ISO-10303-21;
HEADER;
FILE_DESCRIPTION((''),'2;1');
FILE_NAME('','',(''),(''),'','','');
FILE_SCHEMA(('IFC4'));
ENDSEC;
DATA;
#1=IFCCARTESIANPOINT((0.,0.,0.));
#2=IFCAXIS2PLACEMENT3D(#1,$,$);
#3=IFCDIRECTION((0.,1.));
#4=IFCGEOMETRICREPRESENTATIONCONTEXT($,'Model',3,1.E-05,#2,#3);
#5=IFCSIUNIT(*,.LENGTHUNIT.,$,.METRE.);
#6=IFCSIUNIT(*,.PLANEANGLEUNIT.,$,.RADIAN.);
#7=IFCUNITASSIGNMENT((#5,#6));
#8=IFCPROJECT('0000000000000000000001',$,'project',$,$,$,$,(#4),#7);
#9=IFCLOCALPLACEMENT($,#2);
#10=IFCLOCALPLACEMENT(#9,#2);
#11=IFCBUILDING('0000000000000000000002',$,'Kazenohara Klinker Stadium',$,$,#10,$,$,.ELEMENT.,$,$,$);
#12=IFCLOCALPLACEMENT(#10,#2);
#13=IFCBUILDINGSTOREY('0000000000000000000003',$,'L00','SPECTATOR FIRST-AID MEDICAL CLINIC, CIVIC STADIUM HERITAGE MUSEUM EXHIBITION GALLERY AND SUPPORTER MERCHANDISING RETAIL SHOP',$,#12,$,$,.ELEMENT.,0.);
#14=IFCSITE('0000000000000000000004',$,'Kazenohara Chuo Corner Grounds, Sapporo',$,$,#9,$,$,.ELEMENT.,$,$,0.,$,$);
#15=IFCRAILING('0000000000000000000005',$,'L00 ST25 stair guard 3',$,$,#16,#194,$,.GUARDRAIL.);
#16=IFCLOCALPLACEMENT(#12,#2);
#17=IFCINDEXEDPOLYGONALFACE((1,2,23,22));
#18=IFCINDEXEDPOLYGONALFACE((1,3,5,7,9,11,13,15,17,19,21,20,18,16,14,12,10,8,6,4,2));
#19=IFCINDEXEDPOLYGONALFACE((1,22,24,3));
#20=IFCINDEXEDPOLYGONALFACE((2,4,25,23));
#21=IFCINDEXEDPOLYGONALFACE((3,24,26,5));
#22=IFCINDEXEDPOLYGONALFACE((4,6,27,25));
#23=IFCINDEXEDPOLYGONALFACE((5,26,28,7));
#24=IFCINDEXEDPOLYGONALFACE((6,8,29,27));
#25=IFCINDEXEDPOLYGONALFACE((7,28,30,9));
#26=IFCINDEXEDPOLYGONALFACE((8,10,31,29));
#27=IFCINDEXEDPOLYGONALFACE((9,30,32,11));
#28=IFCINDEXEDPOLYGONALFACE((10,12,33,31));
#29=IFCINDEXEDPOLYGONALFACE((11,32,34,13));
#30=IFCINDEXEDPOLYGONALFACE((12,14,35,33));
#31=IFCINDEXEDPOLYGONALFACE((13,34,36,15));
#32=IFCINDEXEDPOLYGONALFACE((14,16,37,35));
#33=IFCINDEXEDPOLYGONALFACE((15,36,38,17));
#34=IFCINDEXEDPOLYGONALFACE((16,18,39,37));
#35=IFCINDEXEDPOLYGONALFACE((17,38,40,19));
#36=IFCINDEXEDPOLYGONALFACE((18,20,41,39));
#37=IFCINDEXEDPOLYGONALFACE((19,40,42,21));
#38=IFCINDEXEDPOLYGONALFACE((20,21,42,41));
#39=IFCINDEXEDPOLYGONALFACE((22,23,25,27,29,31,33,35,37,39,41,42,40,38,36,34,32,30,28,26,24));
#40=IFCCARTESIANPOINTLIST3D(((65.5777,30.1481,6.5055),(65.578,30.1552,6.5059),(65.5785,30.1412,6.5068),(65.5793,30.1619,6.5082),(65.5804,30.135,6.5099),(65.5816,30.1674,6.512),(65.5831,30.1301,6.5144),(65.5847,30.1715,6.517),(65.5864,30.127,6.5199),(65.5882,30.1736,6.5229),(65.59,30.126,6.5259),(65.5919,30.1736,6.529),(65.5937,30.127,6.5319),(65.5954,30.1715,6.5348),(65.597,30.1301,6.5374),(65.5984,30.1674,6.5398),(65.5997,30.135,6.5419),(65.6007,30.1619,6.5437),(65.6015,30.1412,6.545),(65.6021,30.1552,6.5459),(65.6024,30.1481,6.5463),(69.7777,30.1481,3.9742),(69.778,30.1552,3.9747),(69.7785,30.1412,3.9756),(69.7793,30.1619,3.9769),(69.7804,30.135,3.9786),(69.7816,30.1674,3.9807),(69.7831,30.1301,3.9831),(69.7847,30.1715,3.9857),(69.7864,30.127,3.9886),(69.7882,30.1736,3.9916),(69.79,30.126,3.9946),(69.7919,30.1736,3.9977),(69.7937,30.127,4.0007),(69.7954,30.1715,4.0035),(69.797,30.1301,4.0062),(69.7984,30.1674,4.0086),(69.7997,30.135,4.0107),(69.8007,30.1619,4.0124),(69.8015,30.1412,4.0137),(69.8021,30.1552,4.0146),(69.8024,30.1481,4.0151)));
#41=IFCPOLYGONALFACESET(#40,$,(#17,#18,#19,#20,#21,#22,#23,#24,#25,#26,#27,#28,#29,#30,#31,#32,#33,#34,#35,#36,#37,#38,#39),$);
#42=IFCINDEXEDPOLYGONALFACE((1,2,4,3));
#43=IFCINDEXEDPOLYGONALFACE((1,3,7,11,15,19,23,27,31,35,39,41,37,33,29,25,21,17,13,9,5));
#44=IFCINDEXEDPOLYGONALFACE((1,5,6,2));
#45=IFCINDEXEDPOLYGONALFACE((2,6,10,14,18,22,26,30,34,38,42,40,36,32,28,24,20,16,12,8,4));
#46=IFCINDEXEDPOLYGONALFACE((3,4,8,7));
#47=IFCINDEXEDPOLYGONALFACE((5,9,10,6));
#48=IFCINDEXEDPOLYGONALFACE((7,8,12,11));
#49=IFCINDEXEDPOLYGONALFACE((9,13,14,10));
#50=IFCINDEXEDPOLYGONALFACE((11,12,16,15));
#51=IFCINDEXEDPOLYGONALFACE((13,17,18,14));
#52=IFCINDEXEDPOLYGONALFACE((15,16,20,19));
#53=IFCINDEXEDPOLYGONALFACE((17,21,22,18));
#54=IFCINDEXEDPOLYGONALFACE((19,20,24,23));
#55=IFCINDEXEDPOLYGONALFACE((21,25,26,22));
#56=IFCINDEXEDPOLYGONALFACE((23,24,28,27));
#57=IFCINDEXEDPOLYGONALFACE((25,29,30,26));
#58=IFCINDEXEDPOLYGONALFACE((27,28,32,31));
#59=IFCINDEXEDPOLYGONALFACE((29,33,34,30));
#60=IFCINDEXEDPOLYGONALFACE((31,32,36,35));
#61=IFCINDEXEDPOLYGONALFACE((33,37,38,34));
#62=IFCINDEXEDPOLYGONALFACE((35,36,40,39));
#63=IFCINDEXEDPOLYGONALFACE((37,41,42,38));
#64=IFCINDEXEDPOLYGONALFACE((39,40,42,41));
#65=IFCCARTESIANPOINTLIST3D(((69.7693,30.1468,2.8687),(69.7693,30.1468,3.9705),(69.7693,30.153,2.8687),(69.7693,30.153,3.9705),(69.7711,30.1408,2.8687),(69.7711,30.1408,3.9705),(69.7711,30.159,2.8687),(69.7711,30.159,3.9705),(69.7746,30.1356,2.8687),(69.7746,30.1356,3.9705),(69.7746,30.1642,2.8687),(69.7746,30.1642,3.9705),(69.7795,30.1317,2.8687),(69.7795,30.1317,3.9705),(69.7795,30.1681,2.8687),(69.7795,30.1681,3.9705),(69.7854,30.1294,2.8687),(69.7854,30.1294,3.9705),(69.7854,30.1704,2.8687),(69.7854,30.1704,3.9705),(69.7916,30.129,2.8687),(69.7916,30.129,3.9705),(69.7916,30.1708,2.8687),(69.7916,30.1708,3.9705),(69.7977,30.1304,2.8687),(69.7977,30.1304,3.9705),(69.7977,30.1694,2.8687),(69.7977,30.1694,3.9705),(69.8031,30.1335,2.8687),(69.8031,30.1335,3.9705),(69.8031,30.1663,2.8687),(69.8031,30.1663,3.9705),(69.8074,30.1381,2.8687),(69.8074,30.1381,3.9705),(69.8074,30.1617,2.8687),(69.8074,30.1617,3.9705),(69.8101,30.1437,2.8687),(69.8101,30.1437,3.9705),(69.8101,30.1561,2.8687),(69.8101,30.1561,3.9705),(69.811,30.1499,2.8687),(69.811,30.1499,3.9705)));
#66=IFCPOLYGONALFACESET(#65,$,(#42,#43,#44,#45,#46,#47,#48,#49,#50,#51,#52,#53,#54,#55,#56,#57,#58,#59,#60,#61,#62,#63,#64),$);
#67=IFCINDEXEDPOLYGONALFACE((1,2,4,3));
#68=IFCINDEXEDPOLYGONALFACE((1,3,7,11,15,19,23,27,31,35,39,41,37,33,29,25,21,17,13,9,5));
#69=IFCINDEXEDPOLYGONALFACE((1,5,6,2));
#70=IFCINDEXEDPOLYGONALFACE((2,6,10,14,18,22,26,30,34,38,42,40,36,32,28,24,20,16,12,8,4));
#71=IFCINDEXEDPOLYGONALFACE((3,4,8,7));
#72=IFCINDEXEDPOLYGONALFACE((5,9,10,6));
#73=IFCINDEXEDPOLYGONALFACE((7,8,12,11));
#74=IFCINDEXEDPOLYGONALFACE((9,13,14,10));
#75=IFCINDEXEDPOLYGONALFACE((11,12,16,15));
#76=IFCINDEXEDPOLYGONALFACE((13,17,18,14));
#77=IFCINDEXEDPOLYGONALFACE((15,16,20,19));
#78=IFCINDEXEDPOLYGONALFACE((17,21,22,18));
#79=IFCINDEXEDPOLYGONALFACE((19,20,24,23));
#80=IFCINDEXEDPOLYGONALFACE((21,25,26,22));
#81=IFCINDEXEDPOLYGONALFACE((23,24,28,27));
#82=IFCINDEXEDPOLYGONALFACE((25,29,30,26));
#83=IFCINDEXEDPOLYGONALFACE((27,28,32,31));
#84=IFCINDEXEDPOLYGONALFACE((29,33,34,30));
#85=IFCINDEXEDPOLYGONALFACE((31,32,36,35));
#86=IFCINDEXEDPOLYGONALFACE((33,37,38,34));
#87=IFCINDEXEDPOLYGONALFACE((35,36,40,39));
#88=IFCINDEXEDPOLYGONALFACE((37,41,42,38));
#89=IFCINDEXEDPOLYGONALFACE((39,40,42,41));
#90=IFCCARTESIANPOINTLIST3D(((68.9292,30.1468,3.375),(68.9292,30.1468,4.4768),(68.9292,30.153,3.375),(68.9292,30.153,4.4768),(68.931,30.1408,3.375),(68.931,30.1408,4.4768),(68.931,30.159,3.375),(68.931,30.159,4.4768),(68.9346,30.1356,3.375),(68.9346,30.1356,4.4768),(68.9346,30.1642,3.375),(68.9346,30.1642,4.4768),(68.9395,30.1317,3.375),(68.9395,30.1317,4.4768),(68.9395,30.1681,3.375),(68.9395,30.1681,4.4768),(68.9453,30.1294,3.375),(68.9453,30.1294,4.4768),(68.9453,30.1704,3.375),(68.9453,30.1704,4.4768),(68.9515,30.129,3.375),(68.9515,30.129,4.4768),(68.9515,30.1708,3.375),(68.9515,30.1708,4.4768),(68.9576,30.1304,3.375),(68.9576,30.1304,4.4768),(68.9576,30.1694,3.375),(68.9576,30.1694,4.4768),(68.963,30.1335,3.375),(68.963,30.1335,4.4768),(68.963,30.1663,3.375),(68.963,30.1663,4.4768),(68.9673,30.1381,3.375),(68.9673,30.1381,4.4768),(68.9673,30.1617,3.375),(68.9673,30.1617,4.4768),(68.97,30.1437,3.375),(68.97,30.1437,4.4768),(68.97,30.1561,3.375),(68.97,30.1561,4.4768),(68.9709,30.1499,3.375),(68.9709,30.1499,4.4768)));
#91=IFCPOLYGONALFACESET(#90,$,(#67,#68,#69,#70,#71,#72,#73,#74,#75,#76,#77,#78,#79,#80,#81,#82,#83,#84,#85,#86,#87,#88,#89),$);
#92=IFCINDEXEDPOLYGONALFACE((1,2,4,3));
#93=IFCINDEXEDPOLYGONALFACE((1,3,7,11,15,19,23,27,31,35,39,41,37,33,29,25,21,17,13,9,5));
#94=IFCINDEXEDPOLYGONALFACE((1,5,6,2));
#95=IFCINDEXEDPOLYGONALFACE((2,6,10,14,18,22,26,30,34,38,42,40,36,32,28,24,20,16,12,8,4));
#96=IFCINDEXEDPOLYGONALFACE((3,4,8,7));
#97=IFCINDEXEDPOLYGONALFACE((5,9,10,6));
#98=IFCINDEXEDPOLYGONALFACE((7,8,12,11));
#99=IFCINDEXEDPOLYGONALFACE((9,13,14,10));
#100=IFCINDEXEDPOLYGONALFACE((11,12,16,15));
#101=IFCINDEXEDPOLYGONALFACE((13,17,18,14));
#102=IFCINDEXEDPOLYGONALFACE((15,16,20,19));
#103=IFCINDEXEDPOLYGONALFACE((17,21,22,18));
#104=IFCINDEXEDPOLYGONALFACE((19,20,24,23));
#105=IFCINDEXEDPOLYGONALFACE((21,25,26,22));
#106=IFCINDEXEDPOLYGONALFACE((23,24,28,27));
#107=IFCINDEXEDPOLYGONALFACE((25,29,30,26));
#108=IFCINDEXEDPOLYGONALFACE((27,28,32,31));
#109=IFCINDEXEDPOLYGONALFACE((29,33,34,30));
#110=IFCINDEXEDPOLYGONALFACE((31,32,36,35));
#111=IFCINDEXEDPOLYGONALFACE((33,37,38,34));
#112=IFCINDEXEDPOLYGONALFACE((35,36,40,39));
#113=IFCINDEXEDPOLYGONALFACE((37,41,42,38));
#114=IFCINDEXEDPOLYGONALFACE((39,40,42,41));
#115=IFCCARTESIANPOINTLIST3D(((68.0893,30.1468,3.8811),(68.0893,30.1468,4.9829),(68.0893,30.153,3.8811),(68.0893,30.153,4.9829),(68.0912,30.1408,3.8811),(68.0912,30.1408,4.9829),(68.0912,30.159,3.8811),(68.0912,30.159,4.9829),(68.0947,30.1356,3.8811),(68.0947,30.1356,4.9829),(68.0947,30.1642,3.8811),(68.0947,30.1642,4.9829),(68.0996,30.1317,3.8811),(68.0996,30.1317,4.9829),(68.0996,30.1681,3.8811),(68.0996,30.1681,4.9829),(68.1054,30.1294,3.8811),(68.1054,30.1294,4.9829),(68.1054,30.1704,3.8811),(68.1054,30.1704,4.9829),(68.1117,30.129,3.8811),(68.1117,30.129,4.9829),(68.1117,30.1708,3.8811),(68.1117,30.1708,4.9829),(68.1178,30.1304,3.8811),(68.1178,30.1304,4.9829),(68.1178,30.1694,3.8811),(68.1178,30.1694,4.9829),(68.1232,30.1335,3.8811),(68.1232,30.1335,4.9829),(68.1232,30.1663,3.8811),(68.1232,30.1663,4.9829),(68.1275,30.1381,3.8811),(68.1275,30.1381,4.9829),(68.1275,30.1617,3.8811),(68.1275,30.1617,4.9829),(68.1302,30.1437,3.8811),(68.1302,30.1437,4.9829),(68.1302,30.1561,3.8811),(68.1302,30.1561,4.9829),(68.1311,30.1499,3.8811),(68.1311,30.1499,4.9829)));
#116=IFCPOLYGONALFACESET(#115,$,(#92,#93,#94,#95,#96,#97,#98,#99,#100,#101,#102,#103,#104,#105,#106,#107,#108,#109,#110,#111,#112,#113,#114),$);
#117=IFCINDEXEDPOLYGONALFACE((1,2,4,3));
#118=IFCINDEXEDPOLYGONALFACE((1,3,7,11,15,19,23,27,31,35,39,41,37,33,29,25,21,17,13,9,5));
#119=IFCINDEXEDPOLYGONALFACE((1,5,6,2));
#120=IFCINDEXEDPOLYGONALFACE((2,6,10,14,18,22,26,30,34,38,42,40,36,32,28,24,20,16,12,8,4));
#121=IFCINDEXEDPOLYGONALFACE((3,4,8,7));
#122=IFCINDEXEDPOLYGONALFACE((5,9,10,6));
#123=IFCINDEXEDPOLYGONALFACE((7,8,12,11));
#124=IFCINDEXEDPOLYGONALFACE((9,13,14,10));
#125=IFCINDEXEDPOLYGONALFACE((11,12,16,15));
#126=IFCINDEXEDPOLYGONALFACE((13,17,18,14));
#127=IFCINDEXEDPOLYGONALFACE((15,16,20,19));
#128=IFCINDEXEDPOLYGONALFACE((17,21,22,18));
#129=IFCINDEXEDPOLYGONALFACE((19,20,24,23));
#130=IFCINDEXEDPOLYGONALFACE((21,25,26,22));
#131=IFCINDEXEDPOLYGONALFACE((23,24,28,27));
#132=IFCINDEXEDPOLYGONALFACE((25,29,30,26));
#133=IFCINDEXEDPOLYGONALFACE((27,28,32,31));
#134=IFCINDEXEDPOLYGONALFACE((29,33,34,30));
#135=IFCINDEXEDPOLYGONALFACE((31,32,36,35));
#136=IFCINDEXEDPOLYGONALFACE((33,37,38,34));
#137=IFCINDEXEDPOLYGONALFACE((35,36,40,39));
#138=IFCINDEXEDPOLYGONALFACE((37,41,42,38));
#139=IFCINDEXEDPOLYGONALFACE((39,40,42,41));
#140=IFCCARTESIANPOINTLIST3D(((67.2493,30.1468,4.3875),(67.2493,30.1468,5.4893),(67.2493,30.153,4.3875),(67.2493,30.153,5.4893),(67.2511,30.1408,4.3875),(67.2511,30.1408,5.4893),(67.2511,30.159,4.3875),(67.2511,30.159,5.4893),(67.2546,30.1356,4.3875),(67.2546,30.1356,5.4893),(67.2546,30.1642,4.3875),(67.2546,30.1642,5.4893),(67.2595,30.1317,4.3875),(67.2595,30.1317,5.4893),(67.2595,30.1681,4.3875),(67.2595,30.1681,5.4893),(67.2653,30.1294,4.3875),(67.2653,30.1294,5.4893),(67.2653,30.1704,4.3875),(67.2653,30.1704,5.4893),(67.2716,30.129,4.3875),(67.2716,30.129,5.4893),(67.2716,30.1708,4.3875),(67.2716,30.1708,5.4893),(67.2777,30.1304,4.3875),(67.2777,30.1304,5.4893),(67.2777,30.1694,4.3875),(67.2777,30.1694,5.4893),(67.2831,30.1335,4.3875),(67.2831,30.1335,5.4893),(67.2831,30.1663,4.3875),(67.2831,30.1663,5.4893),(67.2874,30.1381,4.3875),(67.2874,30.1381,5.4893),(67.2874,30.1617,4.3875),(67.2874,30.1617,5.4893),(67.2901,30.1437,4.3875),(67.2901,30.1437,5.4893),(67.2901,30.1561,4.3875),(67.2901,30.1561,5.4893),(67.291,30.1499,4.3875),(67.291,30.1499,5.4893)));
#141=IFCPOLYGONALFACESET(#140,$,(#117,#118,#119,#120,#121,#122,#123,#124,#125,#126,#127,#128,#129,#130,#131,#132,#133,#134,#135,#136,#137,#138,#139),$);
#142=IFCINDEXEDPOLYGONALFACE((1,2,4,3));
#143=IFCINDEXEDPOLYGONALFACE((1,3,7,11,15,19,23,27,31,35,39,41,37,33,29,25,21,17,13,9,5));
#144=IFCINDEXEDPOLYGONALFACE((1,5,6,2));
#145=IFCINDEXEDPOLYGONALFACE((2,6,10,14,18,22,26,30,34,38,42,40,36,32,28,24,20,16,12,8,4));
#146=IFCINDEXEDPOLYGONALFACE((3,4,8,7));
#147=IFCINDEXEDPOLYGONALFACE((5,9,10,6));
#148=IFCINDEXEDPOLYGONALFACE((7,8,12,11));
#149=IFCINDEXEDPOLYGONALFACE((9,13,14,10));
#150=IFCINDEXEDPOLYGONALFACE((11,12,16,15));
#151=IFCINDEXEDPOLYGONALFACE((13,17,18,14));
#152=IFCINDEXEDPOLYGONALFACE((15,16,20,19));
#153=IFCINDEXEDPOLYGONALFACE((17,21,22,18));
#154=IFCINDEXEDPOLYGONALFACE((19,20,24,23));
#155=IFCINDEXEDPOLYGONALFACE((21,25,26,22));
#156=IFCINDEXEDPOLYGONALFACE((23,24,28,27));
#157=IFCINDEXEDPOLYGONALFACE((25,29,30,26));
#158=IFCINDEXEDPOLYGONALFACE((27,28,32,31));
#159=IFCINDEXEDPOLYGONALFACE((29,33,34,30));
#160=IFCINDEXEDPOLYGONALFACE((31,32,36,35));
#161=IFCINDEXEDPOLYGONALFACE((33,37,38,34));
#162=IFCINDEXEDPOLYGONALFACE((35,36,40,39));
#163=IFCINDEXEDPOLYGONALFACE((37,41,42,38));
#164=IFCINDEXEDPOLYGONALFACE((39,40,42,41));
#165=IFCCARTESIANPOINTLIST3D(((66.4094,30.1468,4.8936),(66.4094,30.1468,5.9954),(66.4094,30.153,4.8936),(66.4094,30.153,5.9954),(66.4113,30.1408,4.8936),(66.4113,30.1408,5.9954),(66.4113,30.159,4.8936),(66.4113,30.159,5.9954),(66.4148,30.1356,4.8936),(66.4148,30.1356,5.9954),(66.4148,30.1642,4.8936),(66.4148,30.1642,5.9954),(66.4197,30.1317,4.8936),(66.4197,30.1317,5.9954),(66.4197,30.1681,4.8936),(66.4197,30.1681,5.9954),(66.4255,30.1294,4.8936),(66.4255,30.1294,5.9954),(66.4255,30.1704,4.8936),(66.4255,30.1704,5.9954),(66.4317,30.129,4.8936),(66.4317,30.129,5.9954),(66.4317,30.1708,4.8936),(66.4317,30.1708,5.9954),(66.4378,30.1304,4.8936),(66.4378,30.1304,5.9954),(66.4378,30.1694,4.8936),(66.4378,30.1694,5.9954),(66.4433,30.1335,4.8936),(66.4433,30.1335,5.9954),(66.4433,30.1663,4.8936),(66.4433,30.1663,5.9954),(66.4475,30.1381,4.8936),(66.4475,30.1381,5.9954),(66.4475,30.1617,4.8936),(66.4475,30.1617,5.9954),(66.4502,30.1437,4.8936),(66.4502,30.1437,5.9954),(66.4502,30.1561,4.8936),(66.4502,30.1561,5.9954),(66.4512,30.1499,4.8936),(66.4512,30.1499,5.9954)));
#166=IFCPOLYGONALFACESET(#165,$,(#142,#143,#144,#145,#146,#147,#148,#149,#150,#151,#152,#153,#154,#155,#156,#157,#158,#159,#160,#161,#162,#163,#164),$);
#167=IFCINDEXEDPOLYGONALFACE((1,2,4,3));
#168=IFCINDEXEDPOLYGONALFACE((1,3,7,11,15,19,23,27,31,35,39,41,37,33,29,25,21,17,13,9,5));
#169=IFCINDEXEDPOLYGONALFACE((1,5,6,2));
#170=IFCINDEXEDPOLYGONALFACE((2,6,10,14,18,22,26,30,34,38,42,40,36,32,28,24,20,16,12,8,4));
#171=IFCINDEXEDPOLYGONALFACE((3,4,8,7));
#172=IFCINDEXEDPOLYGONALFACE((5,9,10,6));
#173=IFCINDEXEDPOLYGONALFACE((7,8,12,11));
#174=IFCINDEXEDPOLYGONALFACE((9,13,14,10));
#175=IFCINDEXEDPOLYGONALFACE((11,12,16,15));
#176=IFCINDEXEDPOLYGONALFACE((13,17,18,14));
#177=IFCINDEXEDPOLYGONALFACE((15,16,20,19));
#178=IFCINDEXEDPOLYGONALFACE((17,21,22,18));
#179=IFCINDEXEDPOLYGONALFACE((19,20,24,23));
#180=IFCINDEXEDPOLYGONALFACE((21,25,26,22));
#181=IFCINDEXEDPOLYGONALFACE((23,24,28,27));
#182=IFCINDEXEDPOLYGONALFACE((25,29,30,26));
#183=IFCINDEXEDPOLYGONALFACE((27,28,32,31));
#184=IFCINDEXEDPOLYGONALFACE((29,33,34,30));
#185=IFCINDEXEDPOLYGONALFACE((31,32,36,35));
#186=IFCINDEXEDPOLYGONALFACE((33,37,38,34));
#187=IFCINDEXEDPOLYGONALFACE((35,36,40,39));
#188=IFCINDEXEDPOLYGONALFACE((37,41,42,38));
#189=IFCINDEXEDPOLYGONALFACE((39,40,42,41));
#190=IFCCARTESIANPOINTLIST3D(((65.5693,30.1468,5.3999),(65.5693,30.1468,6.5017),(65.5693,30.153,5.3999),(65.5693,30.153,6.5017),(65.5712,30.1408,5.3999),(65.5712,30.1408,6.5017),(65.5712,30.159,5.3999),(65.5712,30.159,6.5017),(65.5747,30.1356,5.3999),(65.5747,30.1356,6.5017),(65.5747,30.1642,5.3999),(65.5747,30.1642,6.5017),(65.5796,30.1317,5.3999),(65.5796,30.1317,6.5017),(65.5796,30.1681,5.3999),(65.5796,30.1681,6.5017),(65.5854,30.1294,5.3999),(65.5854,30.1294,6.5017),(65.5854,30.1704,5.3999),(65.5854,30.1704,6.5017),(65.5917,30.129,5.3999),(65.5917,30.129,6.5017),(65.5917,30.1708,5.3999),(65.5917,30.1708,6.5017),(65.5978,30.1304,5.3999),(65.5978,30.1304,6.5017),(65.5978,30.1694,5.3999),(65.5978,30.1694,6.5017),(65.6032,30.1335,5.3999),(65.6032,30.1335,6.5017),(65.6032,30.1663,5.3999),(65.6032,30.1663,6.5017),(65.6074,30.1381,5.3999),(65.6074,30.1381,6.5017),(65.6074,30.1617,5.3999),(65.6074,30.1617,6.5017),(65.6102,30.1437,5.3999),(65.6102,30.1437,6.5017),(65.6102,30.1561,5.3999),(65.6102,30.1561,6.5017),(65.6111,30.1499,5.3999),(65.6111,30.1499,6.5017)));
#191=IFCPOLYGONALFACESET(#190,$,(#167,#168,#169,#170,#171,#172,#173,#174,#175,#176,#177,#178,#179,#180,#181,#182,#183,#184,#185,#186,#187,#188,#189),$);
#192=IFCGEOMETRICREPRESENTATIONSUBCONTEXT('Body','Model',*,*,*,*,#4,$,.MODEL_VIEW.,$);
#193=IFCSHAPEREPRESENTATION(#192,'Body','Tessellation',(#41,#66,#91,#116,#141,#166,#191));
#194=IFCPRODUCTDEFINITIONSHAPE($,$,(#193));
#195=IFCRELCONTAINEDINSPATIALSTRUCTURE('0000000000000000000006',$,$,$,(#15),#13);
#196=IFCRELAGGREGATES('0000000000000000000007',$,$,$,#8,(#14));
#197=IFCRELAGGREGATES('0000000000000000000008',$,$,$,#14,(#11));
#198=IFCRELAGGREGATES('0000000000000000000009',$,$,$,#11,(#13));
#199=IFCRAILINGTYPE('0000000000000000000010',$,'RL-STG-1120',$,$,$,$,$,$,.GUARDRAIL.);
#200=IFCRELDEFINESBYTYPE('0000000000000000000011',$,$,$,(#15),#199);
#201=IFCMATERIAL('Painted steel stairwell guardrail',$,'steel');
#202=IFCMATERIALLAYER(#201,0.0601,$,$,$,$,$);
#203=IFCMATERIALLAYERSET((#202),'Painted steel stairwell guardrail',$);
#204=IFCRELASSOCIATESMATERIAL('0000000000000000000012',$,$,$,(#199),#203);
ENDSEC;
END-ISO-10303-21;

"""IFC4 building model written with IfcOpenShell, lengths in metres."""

from ifc_helpers import new_model, si_unit, direction, frame, origin, origin_2d, place, context, subcontext, project, spatial, circle, extrude, material, layer, layer_set, type_object, element, save


model = new_model("IFC4")

# Units and contexts
model_context = context("Model", 3, precision=1e-05, world=origin(), true_north=direction((0.0, 1.0)))
body_context = subcontext(model_context, "Body", "Model", "MODEL_VIEW")
ifc_project = project(units=[si_unit("LENGTHUNIT", "METRE"), si_unit("PLANEANGLEUNIT", "RADIAN")], contexts=[model_context])

# Site, building, storey
site_placement = place(None, origin())
site = spatial("IfcSite", under=ifc_project, at=site_placement, Name="Kazenohara Chuo Corner Grounds, Sapporo", CompositionType="ELEMENT", RefElevation=0.0)
building_placement = place(site_placement, origin())
building = spatial("IfcBuilding", under=site, at=building_placement, Name="Kazenohara Klinker Stadium", CompositionType="ELEMENT")
storey_placement = place(building_placement, origin())
storey = spatial("IfcBuildingStorey", under=building, at=storey_placement, Name="L00", Description="SPECTATOR FIRST-AID MEDICAL CLINIC, CIVIC STADIUM HERITAGE MUSEUM EXHIBITION GALLERY AND SUPPORTER MERCHANDISING RETAIL SHOP", CompositionType="ELEMENT", Elevation=0.0)

# Railing
ifc_material_1 = material(Name="Painted steel stairwell guardrail", Category="steel")
ifc_layer_1 = layer(ifc_material_1, 0.0601)
ifc_layer_set_1 = layer_set([ifc_layer_1], Name="Painted steel stairwell guardrail")
railing_type_1 = type_object("IfcRailingType", Name="RL-STG-1120", PredefinedType="GUARDRAIL", material=ifc_layer_set_1)
railing_1_placement = place(storey_placement, frame((69.79, 30.1499, 2.8687)))
element("IfcRailing", 1, at=railing_1_placement, inside=storey, type_object=railing_type_1, Name="L00 ST25 stair guard 3", PredefinedType="GUARDRAIL", context=body_context, shape_type="SweptSolid", body=[
    extrude(circle(Radius=0.0239, at=origin_2d()), frame((0.0, 0.0, 1.126), z_axis=(-0.856476, 0.0, 0.516186), x_axis=(0.0, -1.0, 0.0)), (0.0, 0.0, 1.0), 4.9038),
    extrude(circle(Radius=0.021, at=origin_2d()), origin(), (0.0, 0.0, 1.0), 1.1018),
    extrude(circle(Radius=0.021, at=origin_2d()), frame((-0.8401, 0.0, 0.5063)), (0.0, 0.0, 1.0), 1.1018),
    extrude(circle(Radius=0.021, at=origin_2d()), frame((-1.6799, 0.0, 1.0125)), (0.0, 0.0, 1.0), 1.1018),
    extrude(circle(Radius=0.021, at=origin_2d()), frame((-2.52, 0.0, 1.5188)), (0.0, 0.0, 1.0), 1.1018),
    extrude(circle(Radius=0.021, at=origin_2d()), frame((-3.3599, 0.0, 2.0249)), (0.0, 0.0, 1.0), 1.1018),
    extrude(circle(Radius=0.021, at=origin_2d()), frame((-4.2, 0.0, 2.5312)), (0.0, 0.0, 1.0), 1.1018),
])

save(model, "model.ifc")
